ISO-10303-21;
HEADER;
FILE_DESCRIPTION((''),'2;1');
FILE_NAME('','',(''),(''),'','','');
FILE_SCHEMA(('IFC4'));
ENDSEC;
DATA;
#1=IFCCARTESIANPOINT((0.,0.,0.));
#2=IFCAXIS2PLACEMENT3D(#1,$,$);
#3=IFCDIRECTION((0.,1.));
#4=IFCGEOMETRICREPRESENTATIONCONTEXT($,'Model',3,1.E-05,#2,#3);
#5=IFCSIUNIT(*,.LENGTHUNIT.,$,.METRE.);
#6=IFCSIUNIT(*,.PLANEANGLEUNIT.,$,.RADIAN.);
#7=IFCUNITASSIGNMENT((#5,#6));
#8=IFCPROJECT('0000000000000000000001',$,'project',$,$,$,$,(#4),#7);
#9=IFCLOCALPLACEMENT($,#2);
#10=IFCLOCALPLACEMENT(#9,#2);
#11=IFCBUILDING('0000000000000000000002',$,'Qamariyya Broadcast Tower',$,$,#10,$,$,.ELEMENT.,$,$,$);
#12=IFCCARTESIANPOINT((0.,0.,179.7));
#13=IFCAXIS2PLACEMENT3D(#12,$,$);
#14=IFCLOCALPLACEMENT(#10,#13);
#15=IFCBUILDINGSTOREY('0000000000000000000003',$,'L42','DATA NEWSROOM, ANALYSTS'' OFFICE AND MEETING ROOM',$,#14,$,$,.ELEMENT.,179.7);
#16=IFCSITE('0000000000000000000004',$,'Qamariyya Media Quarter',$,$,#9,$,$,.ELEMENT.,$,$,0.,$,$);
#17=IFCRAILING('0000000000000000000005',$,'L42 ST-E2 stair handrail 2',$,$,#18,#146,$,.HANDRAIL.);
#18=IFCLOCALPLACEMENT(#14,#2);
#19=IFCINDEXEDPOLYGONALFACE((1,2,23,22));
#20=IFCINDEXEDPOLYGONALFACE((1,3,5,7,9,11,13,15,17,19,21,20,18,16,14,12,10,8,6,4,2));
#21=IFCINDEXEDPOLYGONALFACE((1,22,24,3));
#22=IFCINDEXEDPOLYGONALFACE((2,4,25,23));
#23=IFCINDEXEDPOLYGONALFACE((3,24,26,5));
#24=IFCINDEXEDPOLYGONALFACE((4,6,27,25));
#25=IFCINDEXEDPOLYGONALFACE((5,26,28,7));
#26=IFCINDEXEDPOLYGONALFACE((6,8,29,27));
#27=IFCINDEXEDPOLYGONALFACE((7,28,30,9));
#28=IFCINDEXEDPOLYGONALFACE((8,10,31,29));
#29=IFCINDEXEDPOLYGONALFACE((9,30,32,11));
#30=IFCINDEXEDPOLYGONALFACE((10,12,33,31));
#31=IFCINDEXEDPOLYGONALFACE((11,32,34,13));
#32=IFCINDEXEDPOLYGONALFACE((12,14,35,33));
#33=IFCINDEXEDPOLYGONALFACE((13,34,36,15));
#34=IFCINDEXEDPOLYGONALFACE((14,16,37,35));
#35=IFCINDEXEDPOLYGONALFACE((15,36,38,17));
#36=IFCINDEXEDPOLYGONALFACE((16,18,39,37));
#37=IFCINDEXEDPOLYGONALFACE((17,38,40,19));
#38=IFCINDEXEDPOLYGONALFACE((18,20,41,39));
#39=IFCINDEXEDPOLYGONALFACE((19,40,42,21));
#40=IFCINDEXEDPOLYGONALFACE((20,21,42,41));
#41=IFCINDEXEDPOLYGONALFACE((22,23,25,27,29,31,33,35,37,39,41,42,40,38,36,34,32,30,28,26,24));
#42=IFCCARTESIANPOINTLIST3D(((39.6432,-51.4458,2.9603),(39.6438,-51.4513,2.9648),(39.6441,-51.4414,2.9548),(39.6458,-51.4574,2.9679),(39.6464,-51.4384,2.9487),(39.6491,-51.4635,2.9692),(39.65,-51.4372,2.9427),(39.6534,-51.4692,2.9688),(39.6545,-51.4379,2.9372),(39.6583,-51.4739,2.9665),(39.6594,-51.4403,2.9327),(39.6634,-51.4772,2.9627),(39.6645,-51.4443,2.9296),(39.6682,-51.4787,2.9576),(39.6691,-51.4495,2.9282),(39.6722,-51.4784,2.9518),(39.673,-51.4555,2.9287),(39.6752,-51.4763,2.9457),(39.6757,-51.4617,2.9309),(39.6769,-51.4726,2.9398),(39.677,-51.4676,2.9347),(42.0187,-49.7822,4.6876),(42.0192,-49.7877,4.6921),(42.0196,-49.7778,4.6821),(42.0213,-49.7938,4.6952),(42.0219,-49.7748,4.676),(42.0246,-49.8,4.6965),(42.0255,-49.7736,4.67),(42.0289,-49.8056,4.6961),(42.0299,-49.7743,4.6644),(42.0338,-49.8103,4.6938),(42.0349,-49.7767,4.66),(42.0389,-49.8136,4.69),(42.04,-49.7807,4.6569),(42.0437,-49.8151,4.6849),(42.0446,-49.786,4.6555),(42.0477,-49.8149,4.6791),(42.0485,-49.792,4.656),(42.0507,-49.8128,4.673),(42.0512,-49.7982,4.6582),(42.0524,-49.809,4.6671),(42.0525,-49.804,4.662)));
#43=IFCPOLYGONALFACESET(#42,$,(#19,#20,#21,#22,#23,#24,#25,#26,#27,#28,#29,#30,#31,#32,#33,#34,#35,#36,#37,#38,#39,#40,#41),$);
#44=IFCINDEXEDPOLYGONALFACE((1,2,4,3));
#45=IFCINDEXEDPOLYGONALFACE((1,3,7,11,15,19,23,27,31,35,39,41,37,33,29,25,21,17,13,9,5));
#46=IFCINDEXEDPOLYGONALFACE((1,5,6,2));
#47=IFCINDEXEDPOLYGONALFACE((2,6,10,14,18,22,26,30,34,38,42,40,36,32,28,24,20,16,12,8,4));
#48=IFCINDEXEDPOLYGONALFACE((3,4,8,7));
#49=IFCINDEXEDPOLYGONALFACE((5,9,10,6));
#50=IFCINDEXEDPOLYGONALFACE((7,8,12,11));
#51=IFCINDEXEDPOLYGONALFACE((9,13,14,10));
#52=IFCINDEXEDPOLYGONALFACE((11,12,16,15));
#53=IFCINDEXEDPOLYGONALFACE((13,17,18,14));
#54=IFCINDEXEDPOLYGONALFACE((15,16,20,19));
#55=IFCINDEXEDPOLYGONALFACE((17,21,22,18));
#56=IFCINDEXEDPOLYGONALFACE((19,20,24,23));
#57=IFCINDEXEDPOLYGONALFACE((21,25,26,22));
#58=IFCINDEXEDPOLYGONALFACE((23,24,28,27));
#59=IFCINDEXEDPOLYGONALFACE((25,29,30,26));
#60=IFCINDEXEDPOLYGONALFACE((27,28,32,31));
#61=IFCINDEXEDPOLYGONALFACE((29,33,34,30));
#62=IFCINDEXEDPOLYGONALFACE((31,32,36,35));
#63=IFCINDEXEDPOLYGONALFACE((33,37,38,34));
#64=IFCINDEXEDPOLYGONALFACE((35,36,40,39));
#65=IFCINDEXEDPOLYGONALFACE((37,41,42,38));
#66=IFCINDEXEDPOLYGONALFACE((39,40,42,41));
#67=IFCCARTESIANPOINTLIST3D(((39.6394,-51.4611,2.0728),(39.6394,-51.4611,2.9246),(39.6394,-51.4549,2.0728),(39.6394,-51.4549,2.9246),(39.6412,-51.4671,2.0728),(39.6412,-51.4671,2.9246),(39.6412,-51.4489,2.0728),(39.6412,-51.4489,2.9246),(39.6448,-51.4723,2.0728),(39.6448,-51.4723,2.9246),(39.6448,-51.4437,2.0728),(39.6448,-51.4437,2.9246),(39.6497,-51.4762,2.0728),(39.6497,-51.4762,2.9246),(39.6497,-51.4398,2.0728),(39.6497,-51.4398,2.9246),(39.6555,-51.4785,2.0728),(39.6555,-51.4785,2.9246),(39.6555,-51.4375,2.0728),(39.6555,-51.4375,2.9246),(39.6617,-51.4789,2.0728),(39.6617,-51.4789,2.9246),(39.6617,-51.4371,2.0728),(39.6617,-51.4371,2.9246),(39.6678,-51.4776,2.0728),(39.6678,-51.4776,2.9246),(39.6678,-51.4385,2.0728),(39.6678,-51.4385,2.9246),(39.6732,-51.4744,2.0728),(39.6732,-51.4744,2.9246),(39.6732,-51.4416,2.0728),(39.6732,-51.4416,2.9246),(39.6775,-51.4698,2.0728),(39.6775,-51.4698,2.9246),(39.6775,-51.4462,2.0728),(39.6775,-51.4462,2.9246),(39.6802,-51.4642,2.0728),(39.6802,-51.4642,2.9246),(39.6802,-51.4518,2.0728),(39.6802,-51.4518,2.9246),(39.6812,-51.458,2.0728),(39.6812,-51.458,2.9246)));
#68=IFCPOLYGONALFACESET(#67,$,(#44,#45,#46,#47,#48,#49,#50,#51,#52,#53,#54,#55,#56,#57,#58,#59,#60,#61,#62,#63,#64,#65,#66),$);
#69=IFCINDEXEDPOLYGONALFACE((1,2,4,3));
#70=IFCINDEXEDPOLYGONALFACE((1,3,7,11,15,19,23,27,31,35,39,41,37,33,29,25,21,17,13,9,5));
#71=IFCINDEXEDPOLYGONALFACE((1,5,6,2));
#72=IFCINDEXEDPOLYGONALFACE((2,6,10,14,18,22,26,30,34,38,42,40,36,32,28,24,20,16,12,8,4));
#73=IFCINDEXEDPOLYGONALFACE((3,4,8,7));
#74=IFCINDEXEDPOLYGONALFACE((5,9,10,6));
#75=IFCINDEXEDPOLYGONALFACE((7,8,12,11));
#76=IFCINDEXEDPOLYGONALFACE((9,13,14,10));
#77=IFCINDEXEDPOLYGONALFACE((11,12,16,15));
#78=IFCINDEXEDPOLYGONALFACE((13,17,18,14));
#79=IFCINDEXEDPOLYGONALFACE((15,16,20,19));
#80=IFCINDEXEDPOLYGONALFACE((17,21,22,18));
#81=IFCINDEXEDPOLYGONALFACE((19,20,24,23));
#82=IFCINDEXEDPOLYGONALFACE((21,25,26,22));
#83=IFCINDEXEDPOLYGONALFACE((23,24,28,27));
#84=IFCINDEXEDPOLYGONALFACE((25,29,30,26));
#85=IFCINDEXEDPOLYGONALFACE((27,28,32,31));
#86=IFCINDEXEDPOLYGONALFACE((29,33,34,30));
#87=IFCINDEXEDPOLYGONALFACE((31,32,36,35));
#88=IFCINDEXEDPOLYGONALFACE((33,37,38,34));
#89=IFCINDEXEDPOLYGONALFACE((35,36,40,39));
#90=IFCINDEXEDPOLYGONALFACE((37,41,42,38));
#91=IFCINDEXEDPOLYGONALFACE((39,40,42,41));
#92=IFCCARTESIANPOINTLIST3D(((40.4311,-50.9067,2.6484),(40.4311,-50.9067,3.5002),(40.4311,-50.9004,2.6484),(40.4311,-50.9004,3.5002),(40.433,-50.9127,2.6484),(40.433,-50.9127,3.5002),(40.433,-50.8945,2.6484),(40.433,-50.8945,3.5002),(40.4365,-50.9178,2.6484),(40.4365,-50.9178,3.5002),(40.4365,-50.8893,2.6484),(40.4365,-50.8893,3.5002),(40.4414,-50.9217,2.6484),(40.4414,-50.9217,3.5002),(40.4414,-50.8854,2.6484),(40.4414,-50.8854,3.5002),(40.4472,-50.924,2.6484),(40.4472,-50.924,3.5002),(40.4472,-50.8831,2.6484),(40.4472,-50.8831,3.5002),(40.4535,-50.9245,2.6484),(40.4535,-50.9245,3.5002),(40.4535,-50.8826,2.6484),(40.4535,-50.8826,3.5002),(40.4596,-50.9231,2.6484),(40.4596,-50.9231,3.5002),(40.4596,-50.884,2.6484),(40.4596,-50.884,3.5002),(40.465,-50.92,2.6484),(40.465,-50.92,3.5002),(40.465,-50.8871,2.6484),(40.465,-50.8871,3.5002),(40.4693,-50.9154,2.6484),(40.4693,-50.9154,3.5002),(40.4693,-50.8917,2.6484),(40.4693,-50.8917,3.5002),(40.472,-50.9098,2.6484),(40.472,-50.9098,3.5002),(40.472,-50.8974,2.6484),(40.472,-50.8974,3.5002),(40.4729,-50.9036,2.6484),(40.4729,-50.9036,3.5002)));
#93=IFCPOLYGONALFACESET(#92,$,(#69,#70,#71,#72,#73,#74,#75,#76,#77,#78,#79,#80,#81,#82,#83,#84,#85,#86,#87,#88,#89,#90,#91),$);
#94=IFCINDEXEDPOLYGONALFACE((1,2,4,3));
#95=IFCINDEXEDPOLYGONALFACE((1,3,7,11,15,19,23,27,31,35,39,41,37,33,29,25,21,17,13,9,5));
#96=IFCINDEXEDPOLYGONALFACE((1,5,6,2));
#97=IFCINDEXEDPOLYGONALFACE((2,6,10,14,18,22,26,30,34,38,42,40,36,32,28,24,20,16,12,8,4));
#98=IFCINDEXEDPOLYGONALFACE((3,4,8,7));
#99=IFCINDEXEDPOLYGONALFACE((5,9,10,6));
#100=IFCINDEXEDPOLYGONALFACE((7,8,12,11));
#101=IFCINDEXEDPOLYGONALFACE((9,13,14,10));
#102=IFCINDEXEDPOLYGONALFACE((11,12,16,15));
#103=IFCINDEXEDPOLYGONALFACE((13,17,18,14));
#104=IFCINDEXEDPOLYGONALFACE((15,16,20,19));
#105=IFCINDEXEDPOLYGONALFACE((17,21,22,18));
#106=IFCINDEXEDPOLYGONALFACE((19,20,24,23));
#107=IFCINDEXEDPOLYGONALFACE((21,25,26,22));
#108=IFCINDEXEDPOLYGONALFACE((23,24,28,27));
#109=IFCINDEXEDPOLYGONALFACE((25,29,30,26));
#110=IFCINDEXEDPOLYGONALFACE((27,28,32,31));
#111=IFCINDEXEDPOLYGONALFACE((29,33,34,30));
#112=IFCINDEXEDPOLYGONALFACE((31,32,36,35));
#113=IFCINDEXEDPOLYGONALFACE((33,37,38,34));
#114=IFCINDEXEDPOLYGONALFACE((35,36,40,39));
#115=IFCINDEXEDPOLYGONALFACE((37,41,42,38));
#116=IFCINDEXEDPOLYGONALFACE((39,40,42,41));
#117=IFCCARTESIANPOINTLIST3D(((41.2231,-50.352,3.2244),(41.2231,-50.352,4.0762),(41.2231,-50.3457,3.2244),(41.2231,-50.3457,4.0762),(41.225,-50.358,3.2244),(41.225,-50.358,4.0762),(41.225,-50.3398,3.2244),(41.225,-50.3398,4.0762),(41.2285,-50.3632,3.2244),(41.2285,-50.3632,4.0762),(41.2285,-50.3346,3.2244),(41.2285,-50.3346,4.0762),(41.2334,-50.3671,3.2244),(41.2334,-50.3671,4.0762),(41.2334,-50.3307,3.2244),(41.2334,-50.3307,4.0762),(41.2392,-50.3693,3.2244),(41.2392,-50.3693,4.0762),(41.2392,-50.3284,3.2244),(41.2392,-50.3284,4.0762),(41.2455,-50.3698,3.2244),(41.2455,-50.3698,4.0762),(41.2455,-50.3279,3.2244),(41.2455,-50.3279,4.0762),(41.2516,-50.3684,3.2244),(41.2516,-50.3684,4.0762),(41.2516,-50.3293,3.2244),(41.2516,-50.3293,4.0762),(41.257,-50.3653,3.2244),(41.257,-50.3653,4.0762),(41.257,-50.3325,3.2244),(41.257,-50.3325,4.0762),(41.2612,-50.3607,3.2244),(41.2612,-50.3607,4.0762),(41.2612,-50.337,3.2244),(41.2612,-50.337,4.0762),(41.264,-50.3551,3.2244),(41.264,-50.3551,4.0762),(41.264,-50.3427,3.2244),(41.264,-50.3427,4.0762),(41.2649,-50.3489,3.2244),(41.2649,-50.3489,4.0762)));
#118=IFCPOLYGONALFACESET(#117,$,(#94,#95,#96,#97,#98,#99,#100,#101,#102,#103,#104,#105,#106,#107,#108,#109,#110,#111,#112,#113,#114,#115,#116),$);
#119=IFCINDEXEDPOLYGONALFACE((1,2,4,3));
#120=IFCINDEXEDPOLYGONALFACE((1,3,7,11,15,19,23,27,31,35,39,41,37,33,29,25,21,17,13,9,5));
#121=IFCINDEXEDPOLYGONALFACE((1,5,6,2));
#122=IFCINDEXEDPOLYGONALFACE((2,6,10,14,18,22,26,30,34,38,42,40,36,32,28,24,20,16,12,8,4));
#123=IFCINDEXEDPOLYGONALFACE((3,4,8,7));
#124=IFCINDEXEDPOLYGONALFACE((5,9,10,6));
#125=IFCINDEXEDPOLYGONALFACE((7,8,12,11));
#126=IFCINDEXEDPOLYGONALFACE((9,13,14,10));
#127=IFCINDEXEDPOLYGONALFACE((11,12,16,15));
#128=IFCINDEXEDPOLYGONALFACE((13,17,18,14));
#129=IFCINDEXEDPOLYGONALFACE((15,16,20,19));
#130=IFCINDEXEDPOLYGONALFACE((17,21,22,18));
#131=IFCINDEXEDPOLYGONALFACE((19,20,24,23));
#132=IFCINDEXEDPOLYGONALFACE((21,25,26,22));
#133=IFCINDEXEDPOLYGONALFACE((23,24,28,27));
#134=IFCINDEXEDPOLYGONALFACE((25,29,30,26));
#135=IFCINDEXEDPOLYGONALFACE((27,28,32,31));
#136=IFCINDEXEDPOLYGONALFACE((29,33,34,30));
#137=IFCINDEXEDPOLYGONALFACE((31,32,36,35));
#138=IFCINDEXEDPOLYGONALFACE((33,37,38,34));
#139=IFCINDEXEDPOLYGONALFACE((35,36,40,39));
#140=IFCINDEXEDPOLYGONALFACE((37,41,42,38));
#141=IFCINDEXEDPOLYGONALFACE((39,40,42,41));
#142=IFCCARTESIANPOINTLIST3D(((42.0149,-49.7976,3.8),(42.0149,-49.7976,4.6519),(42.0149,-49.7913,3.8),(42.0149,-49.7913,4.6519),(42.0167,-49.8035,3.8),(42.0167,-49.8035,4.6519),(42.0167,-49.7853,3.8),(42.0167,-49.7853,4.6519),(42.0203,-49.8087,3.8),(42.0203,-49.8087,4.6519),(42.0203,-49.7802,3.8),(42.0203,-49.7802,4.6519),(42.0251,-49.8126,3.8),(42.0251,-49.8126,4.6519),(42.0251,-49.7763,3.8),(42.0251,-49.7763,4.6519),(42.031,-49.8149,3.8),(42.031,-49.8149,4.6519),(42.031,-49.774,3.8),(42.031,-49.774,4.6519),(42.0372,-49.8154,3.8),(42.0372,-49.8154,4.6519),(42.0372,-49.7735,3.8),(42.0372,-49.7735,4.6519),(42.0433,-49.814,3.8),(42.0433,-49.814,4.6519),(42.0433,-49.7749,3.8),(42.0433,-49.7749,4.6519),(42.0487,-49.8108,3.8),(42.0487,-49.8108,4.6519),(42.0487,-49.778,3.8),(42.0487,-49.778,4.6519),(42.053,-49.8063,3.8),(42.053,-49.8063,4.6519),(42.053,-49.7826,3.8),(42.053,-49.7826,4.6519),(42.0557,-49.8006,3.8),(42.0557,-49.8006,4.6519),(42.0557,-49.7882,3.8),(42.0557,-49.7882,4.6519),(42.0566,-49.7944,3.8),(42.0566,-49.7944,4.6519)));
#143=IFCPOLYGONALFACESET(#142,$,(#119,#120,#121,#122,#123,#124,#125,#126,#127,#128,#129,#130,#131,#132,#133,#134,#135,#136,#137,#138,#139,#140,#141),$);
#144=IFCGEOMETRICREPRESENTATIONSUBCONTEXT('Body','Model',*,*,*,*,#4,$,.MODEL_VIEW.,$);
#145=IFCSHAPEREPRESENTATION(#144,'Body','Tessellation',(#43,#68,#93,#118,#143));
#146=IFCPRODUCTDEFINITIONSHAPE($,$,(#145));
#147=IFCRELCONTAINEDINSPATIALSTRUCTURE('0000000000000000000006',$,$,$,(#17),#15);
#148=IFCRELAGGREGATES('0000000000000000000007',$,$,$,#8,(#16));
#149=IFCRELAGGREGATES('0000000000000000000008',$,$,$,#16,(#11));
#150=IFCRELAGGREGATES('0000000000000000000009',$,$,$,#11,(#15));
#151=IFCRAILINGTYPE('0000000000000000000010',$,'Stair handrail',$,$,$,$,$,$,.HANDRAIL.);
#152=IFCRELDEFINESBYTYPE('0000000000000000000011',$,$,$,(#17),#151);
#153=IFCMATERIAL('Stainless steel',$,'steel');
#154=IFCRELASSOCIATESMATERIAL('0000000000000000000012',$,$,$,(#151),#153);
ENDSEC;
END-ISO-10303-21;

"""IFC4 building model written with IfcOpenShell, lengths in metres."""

from ifc_helpers import new_model, si_unit, direction, frame, origin, origin_2d, place, context, subcontext, project, spatial, circle, extrude, material, type_object, element, save


model = new_model("IFC4")

# Units and contexts
model_context = context("Model", 3, precision=1e-05, world=origin(), true_north=direction((0.0, 1.0)))
body_context = subcontext(model_context, "Body", "Model", "MODEL_VIEW")
ifc_project = project(units=[si_unit("LENGTHUNIT", "METRE"), si_unit("PLANEANGLEUNIT", "RADIAN")], contexts=[model_context])

# Site, building, storey
site_placement = place(None, origin())
site = spatial("IfcSite", under=ifc_project, at=site_placement, Name="Qamariyya Media Quarter", CompositionType="ELEMENT", RefElevation=0.0)
building_placement = place(site_placement, origin())
building = spatial("IfcBuilding", under=site, at=building_placement, Name="Qamariyya Broadcast Tower", CompositionType="ELEMENT")
storey_placement = place(building_placement, frame((0.0, 0.0, 179.7)))
storey = spatial("IfcBuildingStorey", under=building, at=storey_placement, Name="L42", Description="DATA NEWSROOM, ANALYSTS' OFFICE AND MEETING ROOM", CompositionType="ELEMENT", Elevation=179.7)

# Railing
ifc_material_1 = material(Name="Stainless steel", Category="steel")
railing_type_1 = type_object("IfcRailingType", Name="Stair handrail", PredefinedType="HANDRAIL", material=ifc_material_1)
railing_1_placement = place(storey_placement, frame((39.6602, -51.458, 2.0728)))
element("IfcRailing", 1, at=railing_1_placement, inside=storey, type_object=railing_type_1, Name="L42 ST-E2 stair handrail 2", PredefinedType="HANDRAIL", context=body_context, shape_type="SweptSolid", body=[
    extrude(circle(Radius=0.0239, at=origin_2d()), frame((0.0, 0.0, 0.876), z_axis=(0.703745, 0.492838, 0.511716), x_axis=(-0.573632, 0.819113, 0.0)), (0.0, 0.0, 1.0), 3.3755),
    extrude(circle(Radius=0.021, at=origin_2d()), origin(), (0.0, 0.0, 1.0), 0.8518),
    extrude(circle(Radius=0.021, at=origin_2d()), frame((0.7917, 0.5544, 0.5757)), (0.0, 0.0, 1.0), 0.8518),
    extrude(circle(Radius=0.021, at=origin_2d()), frame((1.5837, 1.1091, 1.1516)), (0.0, 0.0, 1.0), 0.8518),
    extrude(circle(Radius=0.021, at=origin_2d()), frame((2.3755, 1.6636, 1.7273)), (0.0, 0.0, 1.0), 0.8518),
])

save(model, "model.ifc")
